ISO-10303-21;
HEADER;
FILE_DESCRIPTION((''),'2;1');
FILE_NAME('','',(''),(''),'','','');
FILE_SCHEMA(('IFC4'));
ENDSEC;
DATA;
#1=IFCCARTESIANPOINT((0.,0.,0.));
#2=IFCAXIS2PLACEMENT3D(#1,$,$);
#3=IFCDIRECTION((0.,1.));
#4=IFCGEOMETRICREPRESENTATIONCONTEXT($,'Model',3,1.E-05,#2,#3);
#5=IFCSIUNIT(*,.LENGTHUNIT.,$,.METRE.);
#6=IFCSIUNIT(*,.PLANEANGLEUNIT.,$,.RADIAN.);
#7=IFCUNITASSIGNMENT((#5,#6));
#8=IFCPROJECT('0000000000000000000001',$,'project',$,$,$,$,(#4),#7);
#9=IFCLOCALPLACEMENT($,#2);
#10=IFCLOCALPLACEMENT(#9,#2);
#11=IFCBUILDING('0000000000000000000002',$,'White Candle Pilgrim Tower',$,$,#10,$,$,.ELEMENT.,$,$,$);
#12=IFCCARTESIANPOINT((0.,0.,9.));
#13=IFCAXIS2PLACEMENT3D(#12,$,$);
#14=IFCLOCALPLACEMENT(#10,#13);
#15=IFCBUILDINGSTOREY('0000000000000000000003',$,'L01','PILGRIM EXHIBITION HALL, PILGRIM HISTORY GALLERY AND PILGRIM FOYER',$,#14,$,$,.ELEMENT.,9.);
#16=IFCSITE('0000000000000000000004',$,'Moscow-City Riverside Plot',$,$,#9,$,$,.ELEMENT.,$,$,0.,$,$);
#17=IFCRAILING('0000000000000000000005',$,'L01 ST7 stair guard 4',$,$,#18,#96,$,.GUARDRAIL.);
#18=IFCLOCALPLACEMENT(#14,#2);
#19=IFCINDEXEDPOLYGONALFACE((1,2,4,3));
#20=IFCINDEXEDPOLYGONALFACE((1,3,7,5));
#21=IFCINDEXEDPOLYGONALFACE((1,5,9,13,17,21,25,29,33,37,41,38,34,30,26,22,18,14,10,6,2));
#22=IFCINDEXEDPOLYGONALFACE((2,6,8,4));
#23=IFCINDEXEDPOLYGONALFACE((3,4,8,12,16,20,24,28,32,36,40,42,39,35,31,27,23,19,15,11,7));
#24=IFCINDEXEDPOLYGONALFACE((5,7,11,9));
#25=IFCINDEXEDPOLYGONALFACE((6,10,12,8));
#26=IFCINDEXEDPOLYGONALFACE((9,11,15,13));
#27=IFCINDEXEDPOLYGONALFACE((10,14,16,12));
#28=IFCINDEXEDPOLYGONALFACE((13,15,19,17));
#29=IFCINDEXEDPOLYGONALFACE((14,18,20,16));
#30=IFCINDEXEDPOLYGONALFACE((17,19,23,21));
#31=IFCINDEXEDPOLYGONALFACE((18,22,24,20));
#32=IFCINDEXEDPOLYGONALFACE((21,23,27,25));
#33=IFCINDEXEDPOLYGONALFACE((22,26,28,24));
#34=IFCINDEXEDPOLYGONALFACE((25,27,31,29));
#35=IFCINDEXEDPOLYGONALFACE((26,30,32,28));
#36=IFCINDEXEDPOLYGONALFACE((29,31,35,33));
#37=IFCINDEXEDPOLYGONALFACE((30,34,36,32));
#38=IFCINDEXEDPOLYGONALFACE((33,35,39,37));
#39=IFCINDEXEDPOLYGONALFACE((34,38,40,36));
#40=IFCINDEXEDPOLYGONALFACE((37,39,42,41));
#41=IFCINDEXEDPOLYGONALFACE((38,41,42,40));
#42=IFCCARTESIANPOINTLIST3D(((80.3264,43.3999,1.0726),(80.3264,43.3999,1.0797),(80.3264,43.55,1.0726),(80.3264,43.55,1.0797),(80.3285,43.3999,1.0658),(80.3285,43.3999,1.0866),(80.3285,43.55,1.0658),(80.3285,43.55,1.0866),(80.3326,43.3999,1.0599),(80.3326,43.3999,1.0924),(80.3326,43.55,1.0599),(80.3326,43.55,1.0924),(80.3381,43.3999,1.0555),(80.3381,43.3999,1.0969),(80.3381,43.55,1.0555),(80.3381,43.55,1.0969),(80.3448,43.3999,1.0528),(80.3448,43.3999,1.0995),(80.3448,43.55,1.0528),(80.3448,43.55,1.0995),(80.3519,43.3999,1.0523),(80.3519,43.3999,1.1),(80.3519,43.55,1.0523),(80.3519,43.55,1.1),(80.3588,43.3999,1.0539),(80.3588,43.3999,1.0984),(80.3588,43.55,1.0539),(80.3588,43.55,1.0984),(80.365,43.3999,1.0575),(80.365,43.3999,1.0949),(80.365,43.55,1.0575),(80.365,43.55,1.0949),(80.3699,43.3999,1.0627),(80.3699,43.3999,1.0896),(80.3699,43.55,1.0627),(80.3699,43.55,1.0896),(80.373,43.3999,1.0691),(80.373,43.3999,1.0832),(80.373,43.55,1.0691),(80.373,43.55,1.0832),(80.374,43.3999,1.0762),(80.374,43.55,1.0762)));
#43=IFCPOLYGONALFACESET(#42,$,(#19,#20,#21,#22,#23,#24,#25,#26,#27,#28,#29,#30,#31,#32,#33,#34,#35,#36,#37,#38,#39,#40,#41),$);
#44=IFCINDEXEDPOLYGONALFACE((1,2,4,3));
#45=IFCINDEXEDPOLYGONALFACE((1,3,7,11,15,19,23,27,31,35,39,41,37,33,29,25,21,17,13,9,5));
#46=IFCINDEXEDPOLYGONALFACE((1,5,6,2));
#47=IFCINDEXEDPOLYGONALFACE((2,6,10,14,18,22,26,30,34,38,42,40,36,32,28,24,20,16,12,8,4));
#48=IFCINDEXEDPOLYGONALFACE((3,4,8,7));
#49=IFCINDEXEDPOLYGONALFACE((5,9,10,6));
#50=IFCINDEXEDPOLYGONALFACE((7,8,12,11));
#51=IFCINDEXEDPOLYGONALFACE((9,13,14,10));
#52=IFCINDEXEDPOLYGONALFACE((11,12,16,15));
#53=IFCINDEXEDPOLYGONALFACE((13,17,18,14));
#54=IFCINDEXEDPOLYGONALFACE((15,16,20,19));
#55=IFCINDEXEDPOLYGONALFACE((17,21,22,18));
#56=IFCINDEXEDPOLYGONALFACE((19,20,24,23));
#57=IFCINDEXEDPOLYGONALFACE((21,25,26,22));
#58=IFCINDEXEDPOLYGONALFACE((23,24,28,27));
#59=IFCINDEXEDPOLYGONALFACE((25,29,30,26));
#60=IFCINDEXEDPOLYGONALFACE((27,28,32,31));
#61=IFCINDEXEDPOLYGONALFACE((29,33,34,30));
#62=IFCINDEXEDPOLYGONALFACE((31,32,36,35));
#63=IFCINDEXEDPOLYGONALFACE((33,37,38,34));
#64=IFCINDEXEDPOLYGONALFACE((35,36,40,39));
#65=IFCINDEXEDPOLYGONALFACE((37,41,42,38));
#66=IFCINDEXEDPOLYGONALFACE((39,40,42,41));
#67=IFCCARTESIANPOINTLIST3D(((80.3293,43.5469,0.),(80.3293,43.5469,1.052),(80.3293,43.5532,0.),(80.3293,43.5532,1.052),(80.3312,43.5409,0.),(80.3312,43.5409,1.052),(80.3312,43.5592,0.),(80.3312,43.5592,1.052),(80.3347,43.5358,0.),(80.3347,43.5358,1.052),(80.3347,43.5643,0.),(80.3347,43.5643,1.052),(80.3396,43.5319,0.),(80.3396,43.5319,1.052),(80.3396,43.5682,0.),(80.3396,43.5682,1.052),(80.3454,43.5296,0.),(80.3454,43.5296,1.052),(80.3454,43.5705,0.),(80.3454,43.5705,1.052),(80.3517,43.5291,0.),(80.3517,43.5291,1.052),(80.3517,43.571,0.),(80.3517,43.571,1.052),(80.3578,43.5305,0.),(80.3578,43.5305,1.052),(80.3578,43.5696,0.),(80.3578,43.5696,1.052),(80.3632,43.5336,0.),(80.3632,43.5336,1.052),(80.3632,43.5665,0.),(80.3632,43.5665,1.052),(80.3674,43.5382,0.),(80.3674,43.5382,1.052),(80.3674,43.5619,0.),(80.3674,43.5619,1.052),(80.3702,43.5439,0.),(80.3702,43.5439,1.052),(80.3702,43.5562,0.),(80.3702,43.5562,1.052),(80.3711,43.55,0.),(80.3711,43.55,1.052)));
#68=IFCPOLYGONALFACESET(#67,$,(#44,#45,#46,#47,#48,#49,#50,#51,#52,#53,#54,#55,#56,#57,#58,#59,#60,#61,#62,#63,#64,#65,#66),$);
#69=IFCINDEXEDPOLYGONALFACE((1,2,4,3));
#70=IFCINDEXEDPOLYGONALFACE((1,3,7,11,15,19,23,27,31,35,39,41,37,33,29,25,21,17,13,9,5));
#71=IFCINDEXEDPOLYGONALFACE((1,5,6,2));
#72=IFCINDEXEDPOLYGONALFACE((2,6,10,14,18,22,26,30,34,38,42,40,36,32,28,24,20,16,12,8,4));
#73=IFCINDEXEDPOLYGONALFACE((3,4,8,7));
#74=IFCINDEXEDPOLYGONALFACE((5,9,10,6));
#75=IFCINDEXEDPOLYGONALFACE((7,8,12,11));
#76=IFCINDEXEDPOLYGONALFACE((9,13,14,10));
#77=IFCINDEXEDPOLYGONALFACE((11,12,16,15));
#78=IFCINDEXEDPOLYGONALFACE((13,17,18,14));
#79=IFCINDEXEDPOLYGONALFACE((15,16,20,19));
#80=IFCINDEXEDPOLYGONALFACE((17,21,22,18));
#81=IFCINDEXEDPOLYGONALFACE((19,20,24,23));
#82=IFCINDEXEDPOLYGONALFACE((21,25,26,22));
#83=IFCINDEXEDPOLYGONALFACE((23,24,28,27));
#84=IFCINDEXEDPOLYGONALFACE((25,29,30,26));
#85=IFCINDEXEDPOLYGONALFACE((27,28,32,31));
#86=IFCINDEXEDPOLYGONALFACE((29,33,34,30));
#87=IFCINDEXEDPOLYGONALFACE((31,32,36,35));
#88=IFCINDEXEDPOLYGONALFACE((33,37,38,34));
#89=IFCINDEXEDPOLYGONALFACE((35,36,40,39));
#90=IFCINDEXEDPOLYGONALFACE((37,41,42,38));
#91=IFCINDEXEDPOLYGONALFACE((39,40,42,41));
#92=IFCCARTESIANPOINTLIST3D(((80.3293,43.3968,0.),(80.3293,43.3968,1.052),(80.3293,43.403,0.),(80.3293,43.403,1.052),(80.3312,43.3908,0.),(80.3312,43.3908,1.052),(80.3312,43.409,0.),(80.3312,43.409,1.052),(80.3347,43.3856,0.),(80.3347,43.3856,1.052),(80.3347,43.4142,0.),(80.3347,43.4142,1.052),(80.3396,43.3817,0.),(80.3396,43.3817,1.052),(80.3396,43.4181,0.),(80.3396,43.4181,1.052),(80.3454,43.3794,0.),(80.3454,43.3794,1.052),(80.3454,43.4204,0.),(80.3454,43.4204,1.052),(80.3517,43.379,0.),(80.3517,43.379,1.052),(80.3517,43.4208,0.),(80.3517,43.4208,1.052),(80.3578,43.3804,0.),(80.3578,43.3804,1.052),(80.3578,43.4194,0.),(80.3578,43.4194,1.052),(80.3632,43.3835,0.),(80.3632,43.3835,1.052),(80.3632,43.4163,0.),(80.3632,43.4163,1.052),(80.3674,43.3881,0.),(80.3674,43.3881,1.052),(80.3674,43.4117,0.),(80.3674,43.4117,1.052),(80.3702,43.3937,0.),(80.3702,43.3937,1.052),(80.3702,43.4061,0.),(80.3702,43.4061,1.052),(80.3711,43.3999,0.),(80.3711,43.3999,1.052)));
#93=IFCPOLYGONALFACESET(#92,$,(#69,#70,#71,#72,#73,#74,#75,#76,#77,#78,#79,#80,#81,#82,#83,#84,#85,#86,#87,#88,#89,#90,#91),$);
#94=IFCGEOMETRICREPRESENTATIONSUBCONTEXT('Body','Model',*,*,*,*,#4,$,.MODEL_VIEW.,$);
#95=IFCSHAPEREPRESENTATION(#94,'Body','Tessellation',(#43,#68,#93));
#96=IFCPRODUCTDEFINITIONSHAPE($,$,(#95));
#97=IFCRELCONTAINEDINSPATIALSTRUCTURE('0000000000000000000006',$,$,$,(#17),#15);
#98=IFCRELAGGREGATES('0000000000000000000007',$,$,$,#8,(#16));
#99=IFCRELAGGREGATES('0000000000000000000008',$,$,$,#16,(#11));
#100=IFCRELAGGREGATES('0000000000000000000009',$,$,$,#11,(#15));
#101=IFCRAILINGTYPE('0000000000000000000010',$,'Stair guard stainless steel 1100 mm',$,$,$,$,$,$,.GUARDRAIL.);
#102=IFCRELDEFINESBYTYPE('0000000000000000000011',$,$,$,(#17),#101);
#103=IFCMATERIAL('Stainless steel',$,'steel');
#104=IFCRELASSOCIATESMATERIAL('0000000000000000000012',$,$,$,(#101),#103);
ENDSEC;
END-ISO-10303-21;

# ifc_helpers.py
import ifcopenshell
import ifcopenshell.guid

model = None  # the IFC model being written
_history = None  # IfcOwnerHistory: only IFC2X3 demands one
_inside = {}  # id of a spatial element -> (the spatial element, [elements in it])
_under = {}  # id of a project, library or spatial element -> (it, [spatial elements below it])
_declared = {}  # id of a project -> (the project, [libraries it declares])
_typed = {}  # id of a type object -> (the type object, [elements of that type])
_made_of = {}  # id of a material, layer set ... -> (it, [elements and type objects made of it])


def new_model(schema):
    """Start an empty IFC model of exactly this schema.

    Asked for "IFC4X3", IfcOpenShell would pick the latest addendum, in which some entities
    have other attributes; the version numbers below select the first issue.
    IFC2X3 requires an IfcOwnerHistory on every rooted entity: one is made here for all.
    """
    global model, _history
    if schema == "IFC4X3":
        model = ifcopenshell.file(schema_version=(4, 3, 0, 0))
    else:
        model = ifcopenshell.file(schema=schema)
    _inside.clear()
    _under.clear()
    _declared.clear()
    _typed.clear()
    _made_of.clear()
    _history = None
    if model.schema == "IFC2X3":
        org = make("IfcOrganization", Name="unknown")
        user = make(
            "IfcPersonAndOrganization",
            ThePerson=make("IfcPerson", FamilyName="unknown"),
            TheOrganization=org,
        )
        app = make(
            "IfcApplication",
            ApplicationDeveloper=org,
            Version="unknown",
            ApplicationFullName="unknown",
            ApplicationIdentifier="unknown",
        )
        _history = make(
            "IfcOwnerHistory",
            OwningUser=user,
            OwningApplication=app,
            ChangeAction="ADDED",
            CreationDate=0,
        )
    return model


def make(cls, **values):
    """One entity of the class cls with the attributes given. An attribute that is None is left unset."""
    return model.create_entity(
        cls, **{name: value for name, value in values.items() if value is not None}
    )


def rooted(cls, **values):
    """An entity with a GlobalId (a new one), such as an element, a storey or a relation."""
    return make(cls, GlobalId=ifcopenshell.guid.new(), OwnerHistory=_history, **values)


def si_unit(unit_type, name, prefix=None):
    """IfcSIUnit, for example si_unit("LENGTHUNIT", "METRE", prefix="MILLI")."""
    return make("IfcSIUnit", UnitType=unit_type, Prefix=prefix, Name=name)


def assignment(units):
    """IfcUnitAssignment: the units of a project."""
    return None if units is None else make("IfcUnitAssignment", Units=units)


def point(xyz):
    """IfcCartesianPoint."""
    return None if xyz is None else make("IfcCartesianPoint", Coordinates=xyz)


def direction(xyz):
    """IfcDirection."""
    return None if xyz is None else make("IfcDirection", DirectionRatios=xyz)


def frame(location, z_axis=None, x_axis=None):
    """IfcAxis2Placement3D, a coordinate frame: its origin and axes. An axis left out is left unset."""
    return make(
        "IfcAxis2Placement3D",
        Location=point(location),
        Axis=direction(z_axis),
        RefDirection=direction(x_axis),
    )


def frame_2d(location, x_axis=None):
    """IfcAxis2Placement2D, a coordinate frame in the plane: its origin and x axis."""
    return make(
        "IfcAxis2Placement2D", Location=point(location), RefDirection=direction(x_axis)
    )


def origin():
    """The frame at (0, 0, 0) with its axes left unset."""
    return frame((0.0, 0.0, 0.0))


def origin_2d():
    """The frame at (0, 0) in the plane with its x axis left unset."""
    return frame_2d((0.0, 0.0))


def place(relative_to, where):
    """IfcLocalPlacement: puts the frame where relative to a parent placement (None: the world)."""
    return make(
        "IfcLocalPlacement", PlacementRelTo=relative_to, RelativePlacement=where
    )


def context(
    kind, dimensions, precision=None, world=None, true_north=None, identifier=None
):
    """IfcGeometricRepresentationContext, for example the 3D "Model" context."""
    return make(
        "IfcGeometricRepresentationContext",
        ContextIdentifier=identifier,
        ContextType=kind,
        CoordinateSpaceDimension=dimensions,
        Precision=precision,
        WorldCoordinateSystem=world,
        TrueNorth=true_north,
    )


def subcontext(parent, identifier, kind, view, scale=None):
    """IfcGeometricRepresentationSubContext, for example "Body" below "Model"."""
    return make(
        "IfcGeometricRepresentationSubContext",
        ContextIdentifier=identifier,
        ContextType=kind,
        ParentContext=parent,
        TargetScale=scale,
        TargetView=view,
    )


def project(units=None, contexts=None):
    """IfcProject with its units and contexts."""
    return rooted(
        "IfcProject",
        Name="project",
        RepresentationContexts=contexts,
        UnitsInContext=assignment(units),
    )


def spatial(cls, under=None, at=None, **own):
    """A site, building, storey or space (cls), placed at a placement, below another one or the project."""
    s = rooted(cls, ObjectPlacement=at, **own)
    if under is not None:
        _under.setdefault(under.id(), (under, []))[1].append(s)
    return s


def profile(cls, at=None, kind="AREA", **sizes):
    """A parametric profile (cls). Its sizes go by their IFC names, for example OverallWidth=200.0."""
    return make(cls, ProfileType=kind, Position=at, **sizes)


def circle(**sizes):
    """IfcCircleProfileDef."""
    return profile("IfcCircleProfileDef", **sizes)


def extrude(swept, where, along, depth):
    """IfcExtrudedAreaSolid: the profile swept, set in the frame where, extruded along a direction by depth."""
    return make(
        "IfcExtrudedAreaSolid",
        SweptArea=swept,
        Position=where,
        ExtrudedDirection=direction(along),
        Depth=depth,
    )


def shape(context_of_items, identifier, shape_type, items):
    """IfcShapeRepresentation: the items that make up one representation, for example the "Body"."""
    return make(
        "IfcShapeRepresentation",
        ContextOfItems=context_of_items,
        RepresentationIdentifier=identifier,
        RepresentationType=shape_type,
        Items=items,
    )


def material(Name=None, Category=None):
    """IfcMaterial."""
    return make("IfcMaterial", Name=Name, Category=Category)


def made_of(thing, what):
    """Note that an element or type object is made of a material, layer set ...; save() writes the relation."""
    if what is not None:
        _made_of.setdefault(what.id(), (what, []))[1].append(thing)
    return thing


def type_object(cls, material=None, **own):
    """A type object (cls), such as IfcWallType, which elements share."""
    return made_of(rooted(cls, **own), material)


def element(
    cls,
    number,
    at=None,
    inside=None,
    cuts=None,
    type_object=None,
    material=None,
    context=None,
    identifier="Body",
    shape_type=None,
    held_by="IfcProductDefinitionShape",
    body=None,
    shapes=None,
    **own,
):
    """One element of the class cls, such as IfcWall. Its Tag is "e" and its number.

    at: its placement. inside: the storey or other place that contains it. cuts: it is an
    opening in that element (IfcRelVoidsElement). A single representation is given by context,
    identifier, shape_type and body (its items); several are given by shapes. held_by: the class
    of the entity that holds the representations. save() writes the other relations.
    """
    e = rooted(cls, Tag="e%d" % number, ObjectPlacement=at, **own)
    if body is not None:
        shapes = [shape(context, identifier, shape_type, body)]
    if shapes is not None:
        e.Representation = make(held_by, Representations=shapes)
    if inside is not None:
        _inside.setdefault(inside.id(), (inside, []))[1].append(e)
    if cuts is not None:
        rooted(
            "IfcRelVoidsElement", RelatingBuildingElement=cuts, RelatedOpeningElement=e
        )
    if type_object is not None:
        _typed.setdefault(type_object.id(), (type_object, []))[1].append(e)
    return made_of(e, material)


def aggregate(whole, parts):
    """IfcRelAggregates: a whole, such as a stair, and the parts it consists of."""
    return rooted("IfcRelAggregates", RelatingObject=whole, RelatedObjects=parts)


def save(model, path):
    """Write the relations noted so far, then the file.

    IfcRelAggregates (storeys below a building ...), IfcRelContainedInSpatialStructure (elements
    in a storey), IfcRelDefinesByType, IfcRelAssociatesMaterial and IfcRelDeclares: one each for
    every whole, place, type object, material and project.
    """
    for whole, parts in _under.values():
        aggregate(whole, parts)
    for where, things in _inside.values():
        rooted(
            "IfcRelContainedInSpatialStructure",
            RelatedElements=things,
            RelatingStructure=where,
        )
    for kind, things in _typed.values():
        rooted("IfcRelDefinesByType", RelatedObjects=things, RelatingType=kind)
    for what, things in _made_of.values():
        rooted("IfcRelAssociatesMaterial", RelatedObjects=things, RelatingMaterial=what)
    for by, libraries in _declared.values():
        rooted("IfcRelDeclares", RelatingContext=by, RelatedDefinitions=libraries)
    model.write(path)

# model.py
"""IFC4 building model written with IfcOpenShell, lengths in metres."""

from ifc_helpers import new_model, si_unit, direction, frame, origin, origin_2d, place, context, subcontext, project, spatial, circle, extrude, material, type_object, element, save


model = new_model("IFC4")

# Units and contexts
model_context = context("Model", 3, precision=1e-05, world=origin(), true_north=direction((0.0, 1.0)))
body_context = subcontext(model_context, "Body", "Model", "MODEL_VIEW")
ifc_project = project(units=[si_unit("LENGTHUNIT", "METRE"), si_unit("PLANEANGLEUNIT", "RADIAN")], contexts=[model_context])

# Site, building, storey
site_placement = place(None, origin())
site = spatial("IfcSite", under=ifc_project, at=site_placement, Name="Moscow-City Riverside Plot", CompositionType="ELEMENT", RefElevation=0.0)
building_placement = place(site_placement, origin())
building = spatial("IfcBuilding", under=site, at=building_placement, Name="White Candle Pilgrim Tower", CompositionType="ELEMENT")
storey_placement = place(building_placement, frame((0.0, 0.0, 9.0)))
storey = spatial("IfcBuildingStorey", under=building, at=storey_placement, Name="L01", Description="PILGRIM EXHIBITION HALL, PILGRIM HISTORY GALLERY AND PILGRIM FOYER", CompositionType="ELEMENT", Elevation=9.0)

# Railing
ifc_material_1 = material(Name="Stainless steel", Category="steel")
railing_type_1 = type_object("IfcRailingType", Name="Stair guard stainless steel 1100 mm", PredefinedType="GUARDRAIL", material=ifc_material_1)
railing_1_placement = place(storey_placement, frame((80.3501, 43.55, 0.0)))
element("IfcRailing", 1, at=railing_1_placement, inside=storey, type_object=railing_type_1, Name="L01 ST7 stair guard 4", PredefinedType="GUARDRAIL", context=body_context, shape_type="SweptSolid", body=[
    extrude(circle(Radius=0.0239, at=origin_2d()), frame((0.0, 0.0, 1.0762), z_axis=(0.0, -1.0, 0.0), x_axis=(1.0, 0.0, 0.0)), (0.0, 0.0, 1.0), 0.1501),
    extrude(circle(Radius=0.021, at=origin_2d()), origin(), (0.0, 0.0, 1.0), 1.052),
    extrude(circle(Radius=0.021, at=origin_2d()), frame((0.0, -0.1501, 0.0)), (0.0, 0.0, 1.0), 1.052),
])

save(model, "model.ifc")
